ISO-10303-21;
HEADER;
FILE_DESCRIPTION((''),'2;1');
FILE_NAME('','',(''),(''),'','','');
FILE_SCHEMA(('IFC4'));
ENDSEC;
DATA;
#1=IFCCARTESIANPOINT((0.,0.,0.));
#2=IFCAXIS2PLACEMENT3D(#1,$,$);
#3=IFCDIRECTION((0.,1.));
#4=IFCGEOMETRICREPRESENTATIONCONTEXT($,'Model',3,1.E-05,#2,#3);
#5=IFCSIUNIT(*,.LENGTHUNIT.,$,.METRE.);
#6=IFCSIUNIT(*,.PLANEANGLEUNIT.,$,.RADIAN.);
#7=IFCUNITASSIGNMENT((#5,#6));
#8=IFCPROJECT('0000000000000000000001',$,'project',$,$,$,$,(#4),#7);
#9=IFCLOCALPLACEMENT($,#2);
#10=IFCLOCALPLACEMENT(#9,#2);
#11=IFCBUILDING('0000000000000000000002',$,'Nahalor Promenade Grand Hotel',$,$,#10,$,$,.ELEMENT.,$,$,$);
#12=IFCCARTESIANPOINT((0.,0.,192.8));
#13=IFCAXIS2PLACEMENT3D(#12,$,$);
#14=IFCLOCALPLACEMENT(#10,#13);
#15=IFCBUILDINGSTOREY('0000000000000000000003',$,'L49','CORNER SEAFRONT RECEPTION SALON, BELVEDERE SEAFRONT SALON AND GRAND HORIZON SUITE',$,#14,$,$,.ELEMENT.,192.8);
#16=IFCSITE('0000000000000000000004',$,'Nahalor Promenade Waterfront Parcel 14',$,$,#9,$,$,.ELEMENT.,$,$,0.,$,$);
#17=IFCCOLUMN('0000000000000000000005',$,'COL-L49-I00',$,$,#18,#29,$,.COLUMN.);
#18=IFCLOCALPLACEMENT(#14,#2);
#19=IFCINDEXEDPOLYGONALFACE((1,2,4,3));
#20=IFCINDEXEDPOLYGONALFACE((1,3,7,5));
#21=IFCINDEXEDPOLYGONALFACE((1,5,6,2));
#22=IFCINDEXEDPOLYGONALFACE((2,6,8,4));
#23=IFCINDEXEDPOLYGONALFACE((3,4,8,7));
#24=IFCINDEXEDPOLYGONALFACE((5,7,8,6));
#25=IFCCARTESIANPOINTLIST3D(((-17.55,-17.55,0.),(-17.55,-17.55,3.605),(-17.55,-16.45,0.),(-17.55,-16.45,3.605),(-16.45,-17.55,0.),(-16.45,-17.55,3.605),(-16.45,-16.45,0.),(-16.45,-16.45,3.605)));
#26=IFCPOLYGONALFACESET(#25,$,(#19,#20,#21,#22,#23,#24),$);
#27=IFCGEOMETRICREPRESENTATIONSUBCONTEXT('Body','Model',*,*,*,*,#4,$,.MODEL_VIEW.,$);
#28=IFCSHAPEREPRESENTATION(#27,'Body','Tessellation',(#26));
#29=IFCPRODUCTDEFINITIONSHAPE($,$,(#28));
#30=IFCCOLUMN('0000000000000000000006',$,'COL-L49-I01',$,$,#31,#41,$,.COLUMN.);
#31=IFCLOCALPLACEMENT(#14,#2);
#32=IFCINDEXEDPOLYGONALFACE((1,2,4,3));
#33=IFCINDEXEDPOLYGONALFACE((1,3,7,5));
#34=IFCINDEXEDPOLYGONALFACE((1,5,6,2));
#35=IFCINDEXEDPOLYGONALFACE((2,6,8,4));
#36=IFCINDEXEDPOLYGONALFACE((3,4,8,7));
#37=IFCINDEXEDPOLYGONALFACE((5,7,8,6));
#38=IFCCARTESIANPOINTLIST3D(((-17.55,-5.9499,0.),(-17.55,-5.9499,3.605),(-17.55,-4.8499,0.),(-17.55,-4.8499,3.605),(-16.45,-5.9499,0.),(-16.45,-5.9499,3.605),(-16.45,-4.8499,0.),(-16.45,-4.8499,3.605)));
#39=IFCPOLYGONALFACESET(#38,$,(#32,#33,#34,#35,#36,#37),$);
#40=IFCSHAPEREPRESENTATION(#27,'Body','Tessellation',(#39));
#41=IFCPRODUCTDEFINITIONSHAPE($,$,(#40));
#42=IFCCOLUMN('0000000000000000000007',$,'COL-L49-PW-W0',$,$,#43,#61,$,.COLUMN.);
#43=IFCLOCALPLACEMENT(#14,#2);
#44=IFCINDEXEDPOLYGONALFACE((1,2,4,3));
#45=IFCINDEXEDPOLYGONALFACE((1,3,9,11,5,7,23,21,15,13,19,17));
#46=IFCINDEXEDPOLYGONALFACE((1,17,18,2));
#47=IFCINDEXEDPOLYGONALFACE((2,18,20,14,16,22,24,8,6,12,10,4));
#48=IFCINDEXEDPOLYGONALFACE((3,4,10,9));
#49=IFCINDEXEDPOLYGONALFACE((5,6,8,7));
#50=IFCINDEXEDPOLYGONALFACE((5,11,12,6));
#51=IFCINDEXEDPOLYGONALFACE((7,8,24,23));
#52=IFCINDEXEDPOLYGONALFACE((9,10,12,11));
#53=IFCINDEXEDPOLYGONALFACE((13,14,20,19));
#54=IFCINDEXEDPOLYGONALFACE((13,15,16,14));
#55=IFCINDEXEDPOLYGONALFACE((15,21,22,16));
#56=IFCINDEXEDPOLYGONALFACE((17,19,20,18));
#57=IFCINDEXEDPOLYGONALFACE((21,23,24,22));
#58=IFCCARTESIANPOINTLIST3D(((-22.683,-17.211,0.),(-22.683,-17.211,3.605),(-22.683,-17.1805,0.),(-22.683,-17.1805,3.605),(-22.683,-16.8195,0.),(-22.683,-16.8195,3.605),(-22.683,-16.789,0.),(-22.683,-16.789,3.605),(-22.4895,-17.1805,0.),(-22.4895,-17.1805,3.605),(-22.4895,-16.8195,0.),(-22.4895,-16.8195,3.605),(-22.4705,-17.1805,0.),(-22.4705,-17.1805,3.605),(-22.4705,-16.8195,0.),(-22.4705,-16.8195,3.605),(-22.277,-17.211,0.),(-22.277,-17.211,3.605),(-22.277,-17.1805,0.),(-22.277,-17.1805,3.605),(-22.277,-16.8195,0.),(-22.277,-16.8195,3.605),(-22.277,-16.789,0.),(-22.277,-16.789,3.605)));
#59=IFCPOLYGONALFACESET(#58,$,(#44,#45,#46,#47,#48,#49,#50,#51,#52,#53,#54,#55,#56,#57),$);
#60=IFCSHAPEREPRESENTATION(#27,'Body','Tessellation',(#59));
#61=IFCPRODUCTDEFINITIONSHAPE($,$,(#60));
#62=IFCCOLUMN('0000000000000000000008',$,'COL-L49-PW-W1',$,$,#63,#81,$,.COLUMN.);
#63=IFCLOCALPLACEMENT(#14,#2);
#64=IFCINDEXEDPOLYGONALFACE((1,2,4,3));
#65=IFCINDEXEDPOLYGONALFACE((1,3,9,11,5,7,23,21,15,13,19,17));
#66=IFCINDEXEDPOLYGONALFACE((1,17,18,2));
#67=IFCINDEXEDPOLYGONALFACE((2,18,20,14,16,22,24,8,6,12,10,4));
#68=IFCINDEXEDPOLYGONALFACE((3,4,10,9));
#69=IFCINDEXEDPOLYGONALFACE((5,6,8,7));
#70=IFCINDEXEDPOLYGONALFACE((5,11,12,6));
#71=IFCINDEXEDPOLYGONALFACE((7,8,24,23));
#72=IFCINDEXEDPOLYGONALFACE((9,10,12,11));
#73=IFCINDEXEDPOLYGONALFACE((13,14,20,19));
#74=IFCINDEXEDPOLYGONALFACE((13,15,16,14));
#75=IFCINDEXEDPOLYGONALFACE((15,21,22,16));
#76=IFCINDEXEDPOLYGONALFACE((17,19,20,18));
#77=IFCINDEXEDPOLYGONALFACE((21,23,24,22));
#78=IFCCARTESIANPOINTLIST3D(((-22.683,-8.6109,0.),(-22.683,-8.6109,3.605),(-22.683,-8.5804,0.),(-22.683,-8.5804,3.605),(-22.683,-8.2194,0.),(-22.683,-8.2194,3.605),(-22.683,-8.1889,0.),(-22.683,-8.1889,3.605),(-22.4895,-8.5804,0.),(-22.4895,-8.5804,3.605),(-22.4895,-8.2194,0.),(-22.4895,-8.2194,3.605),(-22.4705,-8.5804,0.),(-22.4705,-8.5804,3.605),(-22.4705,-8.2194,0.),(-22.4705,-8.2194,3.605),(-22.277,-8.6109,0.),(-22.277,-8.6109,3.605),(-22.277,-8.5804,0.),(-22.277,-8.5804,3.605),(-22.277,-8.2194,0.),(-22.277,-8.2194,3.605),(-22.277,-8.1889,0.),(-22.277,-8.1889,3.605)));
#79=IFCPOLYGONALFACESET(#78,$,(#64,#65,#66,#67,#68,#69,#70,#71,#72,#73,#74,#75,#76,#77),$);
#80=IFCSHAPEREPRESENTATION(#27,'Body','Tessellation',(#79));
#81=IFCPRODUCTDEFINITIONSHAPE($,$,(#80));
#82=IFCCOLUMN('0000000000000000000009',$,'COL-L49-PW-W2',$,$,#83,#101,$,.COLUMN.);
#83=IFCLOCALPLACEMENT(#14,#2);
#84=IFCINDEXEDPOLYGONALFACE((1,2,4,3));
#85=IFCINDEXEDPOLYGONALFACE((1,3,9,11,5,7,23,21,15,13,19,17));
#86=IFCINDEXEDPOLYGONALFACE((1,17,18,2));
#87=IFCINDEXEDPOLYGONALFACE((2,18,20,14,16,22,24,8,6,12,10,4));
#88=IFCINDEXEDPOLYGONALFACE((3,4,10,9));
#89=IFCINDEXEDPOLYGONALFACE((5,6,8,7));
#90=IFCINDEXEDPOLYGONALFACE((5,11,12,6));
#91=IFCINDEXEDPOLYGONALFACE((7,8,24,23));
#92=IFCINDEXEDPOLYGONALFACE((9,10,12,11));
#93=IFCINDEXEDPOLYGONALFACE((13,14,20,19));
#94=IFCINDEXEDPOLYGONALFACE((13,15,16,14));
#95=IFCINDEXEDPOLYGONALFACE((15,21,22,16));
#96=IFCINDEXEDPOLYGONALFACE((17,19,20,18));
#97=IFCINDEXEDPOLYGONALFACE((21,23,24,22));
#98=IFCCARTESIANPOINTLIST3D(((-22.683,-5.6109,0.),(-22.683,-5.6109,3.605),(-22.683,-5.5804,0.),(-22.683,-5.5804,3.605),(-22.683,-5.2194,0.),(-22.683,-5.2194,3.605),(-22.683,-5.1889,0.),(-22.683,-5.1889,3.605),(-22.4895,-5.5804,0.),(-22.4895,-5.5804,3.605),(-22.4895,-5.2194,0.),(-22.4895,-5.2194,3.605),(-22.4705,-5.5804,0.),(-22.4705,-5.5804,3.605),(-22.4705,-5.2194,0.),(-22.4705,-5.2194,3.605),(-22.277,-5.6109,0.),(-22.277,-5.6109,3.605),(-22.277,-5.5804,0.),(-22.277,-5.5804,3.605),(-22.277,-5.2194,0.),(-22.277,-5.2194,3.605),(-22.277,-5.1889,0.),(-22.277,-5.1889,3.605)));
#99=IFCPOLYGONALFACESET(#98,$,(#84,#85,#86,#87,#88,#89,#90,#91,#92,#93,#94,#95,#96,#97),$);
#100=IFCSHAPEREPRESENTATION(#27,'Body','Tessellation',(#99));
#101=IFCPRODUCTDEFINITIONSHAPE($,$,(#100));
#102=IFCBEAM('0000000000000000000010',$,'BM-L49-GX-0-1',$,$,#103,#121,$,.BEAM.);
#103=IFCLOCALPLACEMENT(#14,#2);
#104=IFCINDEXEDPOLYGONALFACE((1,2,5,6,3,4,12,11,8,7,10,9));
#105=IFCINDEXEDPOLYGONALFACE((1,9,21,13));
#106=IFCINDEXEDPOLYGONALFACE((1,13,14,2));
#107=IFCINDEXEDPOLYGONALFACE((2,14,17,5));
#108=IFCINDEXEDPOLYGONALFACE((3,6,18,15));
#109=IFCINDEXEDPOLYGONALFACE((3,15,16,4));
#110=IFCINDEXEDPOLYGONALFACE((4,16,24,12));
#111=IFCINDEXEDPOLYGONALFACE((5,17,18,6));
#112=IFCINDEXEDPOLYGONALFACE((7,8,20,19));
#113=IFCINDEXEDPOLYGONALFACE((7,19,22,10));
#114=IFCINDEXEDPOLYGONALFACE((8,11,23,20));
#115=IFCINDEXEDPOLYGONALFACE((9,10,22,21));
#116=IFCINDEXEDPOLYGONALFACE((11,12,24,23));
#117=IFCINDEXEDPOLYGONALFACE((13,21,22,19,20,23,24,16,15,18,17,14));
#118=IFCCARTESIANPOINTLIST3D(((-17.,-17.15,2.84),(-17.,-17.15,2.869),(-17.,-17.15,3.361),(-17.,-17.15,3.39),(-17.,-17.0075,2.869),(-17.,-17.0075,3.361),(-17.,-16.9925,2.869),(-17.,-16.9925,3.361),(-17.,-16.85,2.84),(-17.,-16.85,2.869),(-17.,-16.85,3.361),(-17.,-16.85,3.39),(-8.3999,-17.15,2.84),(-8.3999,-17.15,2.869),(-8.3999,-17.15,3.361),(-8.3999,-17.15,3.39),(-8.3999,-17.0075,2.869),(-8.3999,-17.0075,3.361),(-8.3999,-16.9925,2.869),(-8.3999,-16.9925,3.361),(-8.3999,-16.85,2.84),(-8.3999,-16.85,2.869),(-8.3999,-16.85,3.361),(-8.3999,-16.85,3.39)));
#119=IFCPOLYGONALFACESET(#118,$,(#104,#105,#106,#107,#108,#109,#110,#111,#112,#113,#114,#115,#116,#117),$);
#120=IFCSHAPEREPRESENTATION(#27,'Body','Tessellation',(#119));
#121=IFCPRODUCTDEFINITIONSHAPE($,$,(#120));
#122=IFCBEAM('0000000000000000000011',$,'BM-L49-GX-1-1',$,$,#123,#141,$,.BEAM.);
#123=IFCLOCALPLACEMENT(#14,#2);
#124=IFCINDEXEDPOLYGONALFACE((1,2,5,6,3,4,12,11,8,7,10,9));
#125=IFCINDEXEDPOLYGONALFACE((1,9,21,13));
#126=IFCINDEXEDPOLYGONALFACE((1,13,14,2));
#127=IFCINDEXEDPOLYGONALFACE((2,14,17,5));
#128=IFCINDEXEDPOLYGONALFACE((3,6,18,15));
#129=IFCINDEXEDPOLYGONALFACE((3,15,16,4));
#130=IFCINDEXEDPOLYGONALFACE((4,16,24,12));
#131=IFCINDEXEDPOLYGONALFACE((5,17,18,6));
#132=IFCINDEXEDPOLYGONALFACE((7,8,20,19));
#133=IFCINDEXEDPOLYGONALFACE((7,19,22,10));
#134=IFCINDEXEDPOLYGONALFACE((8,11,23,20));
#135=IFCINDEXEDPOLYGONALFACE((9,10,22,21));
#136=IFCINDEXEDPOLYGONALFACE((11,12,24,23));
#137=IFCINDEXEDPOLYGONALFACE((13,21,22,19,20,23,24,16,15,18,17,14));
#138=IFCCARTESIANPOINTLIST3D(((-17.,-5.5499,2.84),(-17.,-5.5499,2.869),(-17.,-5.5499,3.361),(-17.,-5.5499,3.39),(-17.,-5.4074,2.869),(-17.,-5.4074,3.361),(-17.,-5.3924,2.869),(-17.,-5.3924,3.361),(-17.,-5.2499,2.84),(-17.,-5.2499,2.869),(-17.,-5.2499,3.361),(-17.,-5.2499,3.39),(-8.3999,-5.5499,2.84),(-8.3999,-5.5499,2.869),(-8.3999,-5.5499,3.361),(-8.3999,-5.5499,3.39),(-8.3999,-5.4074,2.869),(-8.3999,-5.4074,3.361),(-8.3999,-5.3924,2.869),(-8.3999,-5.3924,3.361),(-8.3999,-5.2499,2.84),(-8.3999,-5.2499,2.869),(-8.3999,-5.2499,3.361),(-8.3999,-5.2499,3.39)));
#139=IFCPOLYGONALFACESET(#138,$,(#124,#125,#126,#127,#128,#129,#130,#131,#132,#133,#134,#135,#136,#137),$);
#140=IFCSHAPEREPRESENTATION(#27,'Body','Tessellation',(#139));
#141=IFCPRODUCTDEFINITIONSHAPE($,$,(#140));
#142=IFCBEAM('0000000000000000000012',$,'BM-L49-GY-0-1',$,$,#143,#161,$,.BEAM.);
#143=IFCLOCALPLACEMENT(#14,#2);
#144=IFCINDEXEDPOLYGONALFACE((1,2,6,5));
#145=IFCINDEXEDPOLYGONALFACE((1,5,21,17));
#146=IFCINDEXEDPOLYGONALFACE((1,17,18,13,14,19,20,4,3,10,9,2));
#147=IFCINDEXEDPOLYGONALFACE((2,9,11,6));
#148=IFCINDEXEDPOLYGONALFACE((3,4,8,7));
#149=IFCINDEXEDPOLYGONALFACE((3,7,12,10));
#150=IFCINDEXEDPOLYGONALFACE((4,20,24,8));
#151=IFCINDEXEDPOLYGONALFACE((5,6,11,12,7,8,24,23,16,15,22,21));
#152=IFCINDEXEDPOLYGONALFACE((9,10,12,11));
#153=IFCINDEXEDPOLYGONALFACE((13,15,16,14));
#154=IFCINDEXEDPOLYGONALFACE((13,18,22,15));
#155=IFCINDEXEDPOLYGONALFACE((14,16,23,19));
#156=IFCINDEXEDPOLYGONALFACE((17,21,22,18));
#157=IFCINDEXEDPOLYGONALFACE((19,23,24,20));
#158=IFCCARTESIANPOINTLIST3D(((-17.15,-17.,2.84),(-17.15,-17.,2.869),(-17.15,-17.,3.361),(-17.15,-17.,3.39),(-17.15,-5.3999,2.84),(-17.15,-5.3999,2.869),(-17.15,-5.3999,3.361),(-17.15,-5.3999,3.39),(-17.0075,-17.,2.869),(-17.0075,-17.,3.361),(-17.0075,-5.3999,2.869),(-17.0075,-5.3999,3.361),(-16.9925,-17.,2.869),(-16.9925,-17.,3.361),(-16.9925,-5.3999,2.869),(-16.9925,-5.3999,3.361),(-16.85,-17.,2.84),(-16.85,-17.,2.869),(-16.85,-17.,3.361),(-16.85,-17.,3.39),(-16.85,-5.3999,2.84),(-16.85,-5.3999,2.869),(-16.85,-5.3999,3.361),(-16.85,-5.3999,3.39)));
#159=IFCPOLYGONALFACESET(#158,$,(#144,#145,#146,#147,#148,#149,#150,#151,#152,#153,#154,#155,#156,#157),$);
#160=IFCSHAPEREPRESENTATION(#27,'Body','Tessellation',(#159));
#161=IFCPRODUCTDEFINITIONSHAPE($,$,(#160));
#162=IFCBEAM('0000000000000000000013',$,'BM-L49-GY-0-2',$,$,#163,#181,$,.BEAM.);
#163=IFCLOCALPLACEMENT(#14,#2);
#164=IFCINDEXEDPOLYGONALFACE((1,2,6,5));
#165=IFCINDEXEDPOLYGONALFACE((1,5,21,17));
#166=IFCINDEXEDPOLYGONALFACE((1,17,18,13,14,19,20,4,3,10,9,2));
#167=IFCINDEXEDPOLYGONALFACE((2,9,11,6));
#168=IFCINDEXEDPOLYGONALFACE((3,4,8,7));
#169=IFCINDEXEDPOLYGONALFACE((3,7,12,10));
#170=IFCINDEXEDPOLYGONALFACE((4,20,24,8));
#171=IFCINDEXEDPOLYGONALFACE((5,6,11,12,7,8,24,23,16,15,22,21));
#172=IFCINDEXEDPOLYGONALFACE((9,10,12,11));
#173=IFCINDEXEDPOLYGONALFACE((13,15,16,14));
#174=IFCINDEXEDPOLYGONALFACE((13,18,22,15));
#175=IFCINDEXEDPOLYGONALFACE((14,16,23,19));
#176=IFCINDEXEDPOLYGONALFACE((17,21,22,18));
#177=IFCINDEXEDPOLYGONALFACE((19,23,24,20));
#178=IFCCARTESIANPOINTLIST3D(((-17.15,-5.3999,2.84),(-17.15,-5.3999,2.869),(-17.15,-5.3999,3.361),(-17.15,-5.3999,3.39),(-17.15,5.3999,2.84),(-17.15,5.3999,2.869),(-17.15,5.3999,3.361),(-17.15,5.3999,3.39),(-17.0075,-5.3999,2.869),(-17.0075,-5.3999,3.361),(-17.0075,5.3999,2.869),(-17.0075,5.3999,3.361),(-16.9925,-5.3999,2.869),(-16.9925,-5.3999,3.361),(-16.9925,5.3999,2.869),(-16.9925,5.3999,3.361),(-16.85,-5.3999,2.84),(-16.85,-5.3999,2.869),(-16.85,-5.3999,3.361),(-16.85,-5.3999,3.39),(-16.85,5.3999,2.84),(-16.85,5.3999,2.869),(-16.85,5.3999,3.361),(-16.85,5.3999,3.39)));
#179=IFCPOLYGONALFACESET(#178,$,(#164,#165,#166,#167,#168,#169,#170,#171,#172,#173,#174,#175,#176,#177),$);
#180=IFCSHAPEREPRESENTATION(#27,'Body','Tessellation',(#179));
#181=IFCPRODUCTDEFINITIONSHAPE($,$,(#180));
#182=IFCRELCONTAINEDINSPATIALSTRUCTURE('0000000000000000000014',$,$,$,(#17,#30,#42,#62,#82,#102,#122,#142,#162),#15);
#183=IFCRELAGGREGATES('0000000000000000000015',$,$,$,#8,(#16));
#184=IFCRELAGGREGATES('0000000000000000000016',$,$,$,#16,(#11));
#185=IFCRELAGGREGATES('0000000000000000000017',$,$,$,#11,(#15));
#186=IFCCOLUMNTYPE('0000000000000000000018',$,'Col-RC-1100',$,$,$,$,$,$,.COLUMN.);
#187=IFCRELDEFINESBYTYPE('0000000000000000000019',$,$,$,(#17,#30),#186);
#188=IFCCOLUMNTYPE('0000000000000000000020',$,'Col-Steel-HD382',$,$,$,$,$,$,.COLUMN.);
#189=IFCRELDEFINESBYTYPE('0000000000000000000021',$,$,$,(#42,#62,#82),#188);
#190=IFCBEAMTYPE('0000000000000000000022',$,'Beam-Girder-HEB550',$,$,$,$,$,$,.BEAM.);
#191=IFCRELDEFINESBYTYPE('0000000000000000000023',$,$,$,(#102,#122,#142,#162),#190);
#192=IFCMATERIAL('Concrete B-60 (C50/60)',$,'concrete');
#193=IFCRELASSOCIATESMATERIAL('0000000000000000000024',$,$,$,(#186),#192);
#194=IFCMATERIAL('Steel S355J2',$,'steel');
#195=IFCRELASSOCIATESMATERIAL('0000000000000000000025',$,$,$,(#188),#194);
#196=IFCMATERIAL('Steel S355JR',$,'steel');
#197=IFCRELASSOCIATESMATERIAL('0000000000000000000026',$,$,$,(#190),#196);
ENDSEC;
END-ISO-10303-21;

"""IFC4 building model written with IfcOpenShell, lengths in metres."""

from ifc_helpers import new_model, si_unit, direction, frame, origin, origin_2d, place, context, subcontext, project, spatial, rectangle, i_section, extrude, source, transform, mapped, material, material_profile, profile_set, type_object, element, save


model = new_model("IFC4")

# Units and contexts
model_context = context("Model", 3, precision=1e-05, world=origin(), true_north=direction((0.0, 1.0)))
body_context = subcontext(model_context, "Body", "Model", "MODEL_VIEW")
ifc_project = project(units=[si_unit("LENGTHUNIT", "METRE"), si_unit("PLANEANGLEUNIT", "RADIAN")], contexts=[model_context])

# Site, building, storey
site_placement = place(None, origin())
site = spatial("IfcSite", under=ifc_project, at=site_placement, Name="Nahalor Promenade Waterfront Parcel 14", CompositionType="ELEMENT", RefElevation=0.0)
building_placement = place(site_placement, origin())
building = spatial("IfcBuilding", under=site, at=building_placement, Name="Nahalor Promenade Grand Hotel", CompositionType="ELEMENT")
storey_placement = place(building_placement, frame((0.0, 0.0, 192.8)))
storey = spatial("IfcBuildingStorey", under=building, at=storey_placement, Name="L49", Description="CORNER SEAFRONT RECEPTION SALON, BELVEDERE SEAFRONT SALON AND GRAND HORIZON SUITE", CompositionType="ELEMENT", Elevation=192.8)

# Columns
ifc_material_1 = material(Name="Concrete B-60 (C50/60)", Category="concrete")
ifc_material_profile_1 = material_profile(ifc_material_1, rectangle(XDim=1.1, YDim=1.1, at=origin_2d()), Name="RC 1100x1100")
ifc_profile_set_1 = profile_set([ifc_material_profile_1], Name="Concrete B-60 (C50/60)")
column_type_1 = type_object("IfcColumnType", Name="Col-RC-1100", PredefinedType="COLUMN", material=ifc_profile_set_1)
shared_shape_1 = source(origin(), body_context, "Body", "SweptSolid", [
    extrude(rectangle(XDim=1.1, YDim=1.1, at=origin_2d()), origin(), (0.0, 0.0, 1.0), 3.605),
])
for number, where, z_axis, x_axis, name in (
    (1, (-17.0, -17.0, 0.0), (0.0, 0.0, 1.0), (1.0, 0.0, 0.0), "COL-L49-I00"),
    (2, (-17.0, -5.3999, 0.0), (0.0, 0.0, 1.0), (1.0, 0.0, 0.0), "COL-L49-I01"),
):
    element("IfcColumn", number, at=place(storey_placement, frame(where, z_axis=z_axis, x_axis=x_axis)), inside=storey, type_object=column_type_1, Name=name, PredefinedType="COLUMN", context=body_context, shape_type="MappedRepresentation", body=[
        mapped(shared_shape_1, transform((0.0, 0.0, 0.0), scale=1.0)),
    ])
ifc_material_2 = material(Name="Steel S355J2", Category="steel")
ifc_material_profile_2 = material_profile(ifc_material_2, i_section(OverallWidth=0.406, OverallDepth=0.422, WebThickness=0.019, FlangeThickness=0.0305, at=origin_2d()), Name="HD 400x382")
ifc_profile_set_2 = profile_set([ifc_material_profile_2], Name="Steel S355J2")
column_type_2 = type_object("IfcColumnType", Name="Col-Steel-HD382", PredefinedType="COLUMN", material=ifc_profile_set_2)
shared_shape_2 = source(origin(), body_context, "Body", "SweptSolid", [
    extrude(i_section(OverallWidth=0.406, OverallDepth=0.422, WebThickness=0.019, FlangeThickness=0.0305, at=origin_2d()), origin(), (0.0, 0.0, 1.0), 3.605),
])
for number, where, z_axis, x_axis, name in (
    (3, (-22.48, -17.0, 0.0), (0.0, 0.0, 1.0), (1.0, 0.0, 0.0), "COL-L49-PW-W0"),
    (4, (-22.48, -8.3999, 0.0), (0.0, 0.0, 1.0), (1.0, 0.0, 0.0), "COL-L49-PW-W1"),
    (5, (-22.48, -5.3999, 0.0), (0.0, 0.0, 1.0), (1.0, 0.0, 0.0), "COL-L49-PW-W2"),
):
    element("IfcColumn", number, at=place(storey_placement, frame(where, z_axis=z_axis, x_axis=x_axis)), inside=storey, type_object=column_type_2, Name=name, PredefinedType="COLUMN", context=body_context, shape_type="MappedRepresentation", body=[
        mapped(shared_shape_2, transform((0.0, 0.0, 0.0), scale=1.0)),
    ])

# Beams
ifc_material_3 = material(Name="Steel S355JR", Category="steel")
ifc_material_profile_3 = material_profile(ifc_material_3, i_section(OverallWidth=0.3, OverallDepth=0.55, WebThickness=0.015, FlangeThickness=0.029, at=origin_2d()), Name="HEB 550")
ifc_profile_set_3 = profile_set([ifc_material_profile_3], Name="Steel S355JR")
beam_type_1 = type_object("IfcBeamType", Name="Beam-Girder-HEB550", PredefinedType="BEAM", material=ifc_profile_set_3)
shared_shape_3 = source(origin(), body_context, "Body", "SweptSolid", [
    extrude(i_section(OverallWidth=0.3, OverallDepth=0.55, WebThickness=0.015, FlangeThickness=0.029, at=origin_2d()), origin(), (0.0, 0.0, 1.0), 8.6001),
])
for number, where, z_axis, x_axis, name in (
    (6, (-17.0, -17.0, 3.115), (1.0, 0.0, 0.0), (0.0, 1.0, 0.0), "BM-L49-GX-0-1"),
    (7, (-17.0, -5.3999, 3.115), (1.0, 0.0, 0.0), (0.0, 1.0, 0.0), "BM-L49-GX-1-1"),
):
    element("IfcBeam", number, at=place(storey_placement, frame(where, z_axis=z_axis, x_axis=x_axis)), inside=storey, type_object=beam_type_1, Name=name, PredefinedType="BEAM", context=body_context, shape_type="MappedRepresentation", body=[
        mapped(shared_shape_3, transform((0.0, 0.0, 0.0), scale=1.0)),
    ])
shared_shape_4 = source(origin(), body_context, "Body", "SweptSolid", [
    extrude(i_section(OverallWidth=0.3, OverallDepth=0.55, WebThickness=0.015, FlangeThickness=0.029, at=origin_2d()), origin(), (0.0, 0.0, 1.0), 11.6001),
])
beam_1_placement = place(storey_placement, frame((-17.0, -17.0, 3.115), z_axis=(0.0, 1.0, 0.0), x_axis=(-1.0, 0.0, 0.0)))
element("IfcBeam", 8, at=beam_1_placement, inside=storey, type_object=beam_type_1, Name="BM-L49-GY-0-1", PredefinedType="BEAM", context=body_context, shape_type="MappedRepresentation", body=[
    mapped(shared_shape_4, transform((0.0, 0.0, 0.0), scale=1.0)),
])
shared_shape_5 = source(origin(), body_context, "Body", "SweptSolid", [
    extrude(i_section(OverallWidth=0.3, OverallDepth=0.55, WebThickness=0.015, FlangeThickness=0.029, at=origin_2d()), origin(), (0.0, 0.0, 1.0), 10.7998),
])
beam_2_placement = place(storey_placement, frame((-17.0, -5.3999, 3.115), z_axis=(0.0, 1.0, 0.0), x_axis=(-1.0, 0.0, 0.0)))
element("IfcBeam", 9, at=beam_2_placement, inside=storey, type_object=beam_type_1, Name="BM-L49-GY-0-2", PredefinedType="BEAM", context=body_context, shape_type="MappedRepresentation", body=[
    mapped(shared_shape_5, transform((0.0, 0.0, 0.0), scale=1.0)),
])

save(model, "model.ifc")
